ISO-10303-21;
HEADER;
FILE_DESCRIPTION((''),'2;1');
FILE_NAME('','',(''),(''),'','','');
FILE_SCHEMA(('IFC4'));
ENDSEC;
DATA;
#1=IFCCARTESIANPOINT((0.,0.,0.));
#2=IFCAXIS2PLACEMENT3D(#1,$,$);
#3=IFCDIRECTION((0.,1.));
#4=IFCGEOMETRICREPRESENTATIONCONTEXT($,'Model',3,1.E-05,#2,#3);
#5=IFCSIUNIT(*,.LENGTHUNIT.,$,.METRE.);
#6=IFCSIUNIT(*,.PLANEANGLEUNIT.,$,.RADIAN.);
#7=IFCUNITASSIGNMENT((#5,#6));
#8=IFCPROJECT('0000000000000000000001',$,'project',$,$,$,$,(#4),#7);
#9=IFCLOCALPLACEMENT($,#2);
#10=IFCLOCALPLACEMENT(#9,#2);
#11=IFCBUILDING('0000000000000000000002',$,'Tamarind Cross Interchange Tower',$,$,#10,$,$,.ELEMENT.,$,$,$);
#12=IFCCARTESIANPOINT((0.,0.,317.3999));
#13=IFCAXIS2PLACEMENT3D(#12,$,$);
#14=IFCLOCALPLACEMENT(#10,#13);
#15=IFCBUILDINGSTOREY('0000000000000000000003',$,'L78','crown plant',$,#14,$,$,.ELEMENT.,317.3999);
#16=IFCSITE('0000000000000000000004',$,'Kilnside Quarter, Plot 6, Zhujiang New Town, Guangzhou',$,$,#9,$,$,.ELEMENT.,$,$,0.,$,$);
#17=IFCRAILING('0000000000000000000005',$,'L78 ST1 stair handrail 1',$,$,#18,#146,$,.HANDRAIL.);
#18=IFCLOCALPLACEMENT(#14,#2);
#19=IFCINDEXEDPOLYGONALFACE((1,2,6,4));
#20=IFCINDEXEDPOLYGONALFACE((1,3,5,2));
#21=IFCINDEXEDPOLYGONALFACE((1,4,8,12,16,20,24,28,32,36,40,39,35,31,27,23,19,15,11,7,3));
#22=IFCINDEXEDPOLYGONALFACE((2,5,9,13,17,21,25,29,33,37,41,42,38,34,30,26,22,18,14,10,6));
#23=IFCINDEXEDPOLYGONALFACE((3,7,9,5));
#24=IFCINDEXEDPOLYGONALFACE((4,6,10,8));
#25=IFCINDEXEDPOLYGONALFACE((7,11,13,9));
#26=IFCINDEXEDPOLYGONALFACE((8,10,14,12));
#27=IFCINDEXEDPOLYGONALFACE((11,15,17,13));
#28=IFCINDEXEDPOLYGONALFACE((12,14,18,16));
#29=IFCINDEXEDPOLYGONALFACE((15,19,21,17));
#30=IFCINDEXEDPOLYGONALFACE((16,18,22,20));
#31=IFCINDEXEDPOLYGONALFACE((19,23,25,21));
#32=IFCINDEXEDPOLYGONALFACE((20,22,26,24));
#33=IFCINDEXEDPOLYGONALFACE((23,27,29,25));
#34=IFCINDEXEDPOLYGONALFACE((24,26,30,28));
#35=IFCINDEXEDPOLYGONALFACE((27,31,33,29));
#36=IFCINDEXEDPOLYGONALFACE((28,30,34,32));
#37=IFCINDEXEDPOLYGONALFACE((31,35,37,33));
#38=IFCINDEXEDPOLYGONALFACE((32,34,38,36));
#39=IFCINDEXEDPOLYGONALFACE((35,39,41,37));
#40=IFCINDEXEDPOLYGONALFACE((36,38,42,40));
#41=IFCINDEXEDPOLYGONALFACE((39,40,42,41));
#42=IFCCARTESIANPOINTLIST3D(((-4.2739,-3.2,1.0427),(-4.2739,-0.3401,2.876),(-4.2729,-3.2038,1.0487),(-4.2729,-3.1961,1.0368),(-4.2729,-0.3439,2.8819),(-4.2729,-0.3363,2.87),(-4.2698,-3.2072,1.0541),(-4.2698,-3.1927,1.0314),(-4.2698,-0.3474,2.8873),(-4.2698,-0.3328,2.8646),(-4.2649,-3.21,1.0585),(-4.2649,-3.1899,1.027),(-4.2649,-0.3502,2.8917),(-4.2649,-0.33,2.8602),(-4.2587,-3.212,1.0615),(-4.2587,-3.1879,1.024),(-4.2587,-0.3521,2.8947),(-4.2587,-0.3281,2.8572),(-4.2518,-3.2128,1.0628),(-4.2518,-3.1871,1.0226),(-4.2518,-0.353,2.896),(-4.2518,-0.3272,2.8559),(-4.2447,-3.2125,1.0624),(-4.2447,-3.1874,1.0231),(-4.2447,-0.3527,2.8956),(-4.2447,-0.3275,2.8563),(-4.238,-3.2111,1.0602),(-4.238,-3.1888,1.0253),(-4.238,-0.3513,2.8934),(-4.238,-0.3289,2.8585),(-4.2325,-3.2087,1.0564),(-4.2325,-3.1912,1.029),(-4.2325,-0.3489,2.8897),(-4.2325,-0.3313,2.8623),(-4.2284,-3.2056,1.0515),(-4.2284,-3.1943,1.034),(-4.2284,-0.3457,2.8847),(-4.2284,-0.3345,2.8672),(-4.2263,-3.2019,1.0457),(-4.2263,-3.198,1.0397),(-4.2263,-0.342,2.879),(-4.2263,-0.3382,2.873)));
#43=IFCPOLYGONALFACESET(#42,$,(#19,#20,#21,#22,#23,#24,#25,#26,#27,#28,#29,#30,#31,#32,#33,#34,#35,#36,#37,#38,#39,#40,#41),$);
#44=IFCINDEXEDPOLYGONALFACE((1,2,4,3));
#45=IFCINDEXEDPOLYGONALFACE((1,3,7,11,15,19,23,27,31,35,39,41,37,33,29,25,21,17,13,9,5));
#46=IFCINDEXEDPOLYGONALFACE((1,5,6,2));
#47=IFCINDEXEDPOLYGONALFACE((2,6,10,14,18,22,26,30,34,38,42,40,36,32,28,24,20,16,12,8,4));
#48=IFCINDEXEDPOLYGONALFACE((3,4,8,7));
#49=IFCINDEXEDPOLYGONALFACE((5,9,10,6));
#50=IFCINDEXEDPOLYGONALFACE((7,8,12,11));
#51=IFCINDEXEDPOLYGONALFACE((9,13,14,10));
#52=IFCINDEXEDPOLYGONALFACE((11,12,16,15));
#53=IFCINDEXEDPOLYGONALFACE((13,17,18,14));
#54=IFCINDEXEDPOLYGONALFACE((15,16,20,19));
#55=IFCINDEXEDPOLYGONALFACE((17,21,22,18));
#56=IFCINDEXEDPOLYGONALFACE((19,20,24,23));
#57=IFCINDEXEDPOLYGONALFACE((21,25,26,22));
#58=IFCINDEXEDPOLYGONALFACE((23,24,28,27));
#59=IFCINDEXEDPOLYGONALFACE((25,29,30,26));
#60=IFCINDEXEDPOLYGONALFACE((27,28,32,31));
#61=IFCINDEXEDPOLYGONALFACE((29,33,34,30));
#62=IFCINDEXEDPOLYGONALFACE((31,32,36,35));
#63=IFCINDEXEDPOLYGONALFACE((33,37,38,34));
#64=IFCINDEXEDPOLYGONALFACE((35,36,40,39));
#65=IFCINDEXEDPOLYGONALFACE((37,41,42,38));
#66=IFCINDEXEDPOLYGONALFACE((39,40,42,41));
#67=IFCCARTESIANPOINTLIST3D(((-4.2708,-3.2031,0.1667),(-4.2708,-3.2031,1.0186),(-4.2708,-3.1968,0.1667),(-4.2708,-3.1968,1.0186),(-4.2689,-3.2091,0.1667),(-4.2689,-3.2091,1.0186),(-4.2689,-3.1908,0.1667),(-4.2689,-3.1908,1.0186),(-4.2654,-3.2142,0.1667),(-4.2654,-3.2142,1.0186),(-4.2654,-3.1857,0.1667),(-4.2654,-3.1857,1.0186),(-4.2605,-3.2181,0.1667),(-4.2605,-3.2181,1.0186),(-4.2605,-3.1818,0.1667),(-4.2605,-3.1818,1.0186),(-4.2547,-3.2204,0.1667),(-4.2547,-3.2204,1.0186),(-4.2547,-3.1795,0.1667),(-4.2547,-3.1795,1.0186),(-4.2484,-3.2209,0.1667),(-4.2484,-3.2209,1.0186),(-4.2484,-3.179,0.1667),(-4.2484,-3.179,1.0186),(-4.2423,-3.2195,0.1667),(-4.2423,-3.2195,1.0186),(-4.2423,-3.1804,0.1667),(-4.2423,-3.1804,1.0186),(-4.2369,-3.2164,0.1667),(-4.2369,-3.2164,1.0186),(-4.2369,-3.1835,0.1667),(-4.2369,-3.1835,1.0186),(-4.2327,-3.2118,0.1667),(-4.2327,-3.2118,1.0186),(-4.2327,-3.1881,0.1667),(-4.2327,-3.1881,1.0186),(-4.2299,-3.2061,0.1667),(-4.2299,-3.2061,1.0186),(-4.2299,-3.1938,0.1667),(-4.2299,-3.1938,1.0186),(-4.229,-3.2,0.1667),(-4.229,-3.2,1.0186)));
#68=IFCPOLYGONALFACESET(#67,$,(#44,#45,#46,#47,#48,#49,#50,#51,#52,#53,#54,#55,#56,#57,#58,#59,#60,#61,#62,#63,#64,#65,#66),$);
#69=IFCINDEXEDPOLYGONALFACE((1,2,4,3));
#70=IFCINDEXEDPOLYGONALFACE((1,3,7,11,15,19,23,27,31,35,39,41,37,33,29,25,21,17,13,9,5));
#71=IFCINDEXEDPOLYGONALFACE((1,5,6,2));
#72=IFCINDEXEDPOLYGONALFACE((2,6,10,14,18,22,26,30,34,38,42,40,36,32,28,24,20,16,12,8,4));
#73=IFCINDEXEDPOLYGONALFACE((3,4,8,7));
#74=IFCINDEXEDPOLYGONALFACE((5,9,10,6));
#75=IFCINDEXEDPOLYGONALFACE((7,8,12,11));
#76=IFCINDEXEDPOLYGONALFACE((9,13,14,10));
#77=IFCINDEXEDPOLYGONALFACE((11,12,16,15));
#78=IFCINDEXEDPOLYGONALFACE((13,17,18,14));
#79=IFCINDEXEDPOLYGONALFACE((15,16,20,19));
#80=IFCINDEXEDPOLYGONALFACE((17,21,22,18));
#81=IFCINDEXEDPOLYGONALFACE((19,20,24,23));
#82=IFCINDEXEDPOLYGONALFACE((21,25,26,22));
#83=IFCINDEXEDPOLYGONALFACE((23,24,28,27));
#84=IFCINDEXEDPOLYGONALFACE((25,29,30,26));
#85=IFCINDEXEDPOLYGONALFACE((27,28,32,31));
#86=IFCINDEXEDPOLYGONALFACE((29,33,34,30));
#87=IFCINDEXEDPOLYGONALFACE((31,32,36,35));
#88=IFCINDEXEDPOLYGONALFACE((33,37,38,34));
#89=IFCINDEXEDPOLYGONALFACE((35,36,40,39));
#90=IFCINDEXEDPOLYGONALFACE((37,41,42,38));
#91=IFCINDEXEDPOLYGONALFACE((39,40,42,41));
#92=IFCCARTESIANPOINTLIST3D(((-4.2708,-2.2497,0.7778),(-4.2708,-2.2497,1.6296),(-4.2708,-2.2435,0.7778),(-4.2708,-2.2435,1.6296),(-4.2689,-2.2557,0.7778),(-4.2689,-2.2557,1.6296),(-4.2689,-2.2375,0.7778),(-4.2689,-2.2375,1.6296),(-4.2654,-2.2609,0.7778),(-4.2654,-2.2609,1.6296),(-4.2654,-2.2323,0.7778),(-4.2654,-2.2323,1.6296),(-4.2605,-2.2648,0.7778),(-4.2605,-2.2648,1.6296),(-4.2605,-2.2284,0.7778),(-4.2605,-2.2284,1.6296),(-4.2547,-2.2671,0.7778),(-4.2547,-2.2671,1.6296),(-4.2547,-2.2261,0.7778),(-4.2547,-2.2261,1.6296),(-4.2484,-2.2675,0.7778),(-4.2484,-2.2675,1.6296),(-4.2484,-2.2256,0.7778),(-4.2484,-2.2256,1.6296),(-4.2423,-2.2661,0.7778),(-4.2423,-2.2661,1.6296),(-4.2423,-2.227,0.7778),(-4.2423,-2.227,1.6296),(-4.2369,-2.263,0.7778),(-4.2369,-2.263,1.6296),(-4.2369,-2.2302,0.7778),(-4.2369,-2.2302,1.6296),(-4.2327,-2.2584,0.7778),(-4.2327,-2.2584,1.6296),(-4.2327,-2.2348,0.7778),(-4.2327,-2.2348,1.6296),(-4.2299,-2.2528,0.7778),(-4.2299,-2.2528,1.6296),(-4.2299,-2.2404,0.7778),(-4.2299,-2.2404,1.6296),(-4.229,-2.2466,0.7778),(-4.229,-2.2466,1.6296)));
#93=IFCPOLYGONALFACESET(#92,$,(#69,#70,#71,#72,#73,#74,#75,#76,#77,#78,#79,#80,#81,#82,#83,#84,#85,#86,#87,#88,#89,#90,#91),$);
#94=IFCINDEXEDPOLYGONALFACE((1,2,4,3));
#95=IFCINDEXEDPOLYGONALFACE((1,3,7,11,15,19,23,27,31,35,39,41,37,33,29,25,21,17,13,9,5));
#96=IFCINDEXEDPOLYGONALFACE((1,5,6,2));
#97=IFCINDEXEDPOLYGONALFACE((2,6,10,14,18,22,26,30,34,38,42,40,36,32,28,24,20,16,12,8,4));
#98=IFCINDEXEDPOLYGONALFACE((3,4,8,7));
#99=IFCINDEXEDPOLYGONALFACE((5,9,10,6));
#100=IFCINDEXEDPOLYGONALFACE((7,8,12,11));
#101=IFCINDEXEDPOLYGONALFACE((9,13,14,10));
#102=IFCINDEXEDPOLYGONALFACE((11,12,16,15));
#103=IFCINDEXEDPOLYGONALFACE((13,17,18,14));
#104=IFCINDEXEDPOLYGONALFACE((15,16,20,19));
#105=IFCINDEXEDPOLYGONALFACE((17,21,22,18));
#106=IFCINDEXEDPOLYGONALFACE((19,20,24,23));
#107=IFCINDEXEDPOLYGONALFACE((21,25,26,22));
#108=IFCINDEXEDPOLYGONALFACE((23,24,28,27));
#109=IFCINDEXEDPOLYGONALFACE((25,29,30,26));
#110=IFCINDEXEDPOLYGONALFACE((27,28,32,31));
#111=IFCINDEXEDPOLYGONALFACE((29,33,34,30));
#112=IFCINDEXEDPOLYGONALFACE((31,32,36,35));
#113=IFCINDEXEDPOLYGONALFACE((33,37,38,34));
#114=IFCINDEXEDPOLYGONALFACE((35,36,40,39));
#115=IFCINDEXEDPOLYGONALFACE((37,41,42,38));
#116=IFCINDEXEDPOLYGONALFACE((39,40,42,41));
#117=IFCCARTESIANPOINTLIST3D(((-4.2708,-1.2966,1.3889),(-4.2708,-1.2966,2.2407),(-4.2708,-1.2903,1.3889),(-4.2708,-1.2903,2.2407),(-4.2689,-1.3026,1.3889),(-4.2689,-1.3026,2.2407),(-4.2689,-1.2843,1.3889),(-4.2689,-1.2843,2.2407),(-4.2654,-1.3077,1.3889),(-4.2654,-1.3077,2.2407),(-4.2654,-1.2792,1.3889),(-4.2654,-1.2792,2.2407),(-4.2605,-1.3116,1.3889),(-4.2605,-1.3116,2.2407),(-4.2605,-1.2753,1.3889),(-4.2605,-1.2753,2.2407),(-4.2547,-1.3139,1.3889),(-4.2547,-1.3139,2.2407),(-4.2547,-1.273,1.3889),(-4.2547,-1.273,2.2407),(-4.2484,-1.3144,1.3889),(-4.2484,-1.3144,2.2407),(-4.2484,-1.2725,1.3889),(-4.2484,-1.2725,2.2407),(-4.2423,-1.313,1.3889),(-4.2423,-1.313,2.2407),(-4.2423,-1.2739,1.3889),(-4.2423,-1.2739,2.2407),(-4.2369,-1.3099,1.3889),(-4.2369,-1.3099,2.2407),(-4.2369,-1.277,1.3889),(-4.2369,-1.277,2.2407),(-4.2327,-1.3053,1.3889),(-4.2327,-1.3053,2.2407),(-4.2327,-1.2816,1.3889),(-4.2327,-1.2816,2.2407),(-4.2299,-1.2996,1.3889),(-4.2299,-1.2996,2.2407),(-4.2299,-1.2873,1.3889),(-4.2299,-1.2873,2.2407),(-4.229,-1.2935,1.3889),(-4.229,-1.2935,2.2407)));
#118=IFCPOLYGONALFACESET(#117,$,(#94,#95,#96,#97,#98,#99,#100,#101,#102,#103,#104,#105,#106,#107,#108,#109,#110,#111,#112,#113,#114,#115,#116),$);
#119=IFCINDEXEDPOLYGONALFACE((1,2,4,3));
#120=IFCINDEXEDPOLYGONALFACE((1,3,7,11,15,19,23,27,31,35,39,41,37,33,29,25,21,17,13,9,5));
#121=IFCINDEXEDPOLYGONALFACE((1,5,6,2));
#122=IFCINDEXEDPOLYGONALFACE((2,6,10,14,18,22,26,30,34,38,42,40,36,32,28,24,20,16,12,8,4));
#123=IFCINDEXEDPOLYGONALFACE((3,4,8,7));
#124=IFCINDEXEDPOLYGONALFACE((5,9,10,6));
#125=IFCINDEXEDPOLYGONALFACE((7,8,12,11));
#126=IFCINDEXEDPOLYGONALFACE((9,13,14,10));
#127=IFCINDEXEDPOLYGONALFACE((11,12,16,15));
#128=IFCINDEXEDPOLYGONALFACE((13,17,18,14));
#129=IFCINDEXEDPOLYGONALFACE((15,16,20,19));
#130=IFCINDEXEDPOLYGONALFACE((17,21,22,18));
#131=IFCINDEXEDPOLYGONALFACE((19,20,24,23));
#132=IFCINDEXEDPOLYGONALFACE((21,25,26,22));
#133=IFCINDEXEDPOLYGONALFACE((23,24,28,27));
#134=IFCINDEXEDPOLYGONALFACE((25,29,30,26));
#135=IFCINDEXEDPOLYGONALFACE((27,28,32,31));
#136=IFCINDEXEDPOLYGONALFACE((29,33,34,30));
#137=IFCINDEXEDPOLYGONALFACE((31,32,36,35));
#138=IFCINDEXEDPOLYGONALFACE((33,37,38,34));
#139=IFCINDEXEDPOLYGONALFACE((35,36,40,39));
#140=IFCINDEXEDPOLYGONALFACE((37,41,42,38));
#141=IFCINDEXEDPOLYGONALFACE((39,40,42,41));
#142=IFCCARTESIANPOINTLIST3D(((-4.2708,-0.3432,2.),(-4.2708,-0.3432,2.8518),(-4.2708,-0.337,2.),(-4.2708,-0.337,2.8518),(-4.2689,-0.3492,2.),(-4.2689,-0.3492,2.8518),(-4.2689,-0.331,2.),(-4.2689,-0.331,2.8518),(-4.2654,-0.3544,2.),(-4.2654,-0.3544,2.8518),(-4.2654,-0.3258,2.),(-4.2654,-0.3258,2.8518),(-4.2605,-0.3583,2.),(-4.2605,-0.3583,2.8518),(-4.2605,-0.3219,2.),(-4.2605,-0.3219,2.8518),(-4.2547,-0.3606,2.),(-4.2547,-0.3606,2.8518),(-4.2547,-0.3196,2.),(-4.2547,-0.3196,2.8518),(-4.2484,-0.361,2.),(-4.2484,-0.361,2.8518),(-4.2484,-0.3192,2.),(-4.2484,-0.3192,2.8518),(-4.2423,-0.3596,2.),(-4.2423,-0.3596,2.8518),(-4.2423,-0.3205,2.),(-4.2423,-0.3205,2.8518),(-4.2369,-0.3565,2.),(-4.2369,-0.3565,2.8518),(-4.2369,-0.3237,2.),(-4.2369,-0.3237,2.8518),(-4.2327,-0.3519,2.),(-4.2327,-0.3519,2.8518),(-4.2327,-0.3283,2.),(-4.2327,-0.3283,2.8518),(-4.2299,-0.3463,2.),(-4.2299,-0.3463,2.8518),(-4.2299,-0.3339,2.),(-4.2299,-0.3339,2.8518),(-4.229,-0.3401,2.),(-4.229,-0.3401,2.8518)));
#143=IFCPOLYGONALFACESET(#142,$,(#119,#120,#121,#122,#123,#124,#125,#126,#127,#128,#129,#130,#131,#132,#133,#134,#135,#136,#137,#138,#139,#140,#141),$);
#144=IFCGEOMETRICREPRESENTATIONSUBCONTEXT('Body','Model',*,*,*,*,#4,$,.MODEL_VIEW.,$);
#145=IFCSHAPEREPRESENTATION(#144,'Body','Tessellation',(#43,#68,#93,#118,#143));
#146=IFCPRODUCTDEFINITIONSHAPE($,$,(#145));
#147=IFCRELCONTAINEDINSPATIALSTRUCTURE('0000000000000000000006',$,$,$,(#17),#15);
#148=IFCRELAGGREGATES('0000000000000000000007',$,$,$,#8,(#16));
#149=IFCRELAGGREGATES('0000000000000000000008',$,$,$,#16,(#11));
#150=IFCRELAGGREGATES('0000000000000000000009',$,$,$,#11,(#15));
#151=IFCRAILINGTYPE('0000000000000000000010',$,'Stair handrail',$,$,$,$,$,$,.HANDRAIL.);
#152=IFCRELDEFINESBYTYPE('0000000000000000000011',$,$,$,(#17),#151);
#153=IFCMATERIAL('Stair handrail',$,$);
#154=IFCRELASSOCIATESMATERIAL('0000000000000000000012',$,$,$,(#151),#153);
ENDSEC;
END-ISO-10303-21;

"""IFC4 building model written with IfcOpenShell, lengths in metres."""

from ifc_helpers import new_model, si_unit, direction, frame, origin, origin_2d, place, context, subcontext, project, spatial, circle, extrude, material, type_object, element, save


model = new_model("IFC4")

# Units and contexts
model_context = context("Model", 3, precision=1e-05, world=origin(), true_north=direction((0.0, 1.0)))
body_context = subcontext(model_context, "Body", "Model", "MODEL_VIEW")
ifc_project = project(units=[si_unit("LENGTHUNIT", "METRE"), si_unit("PLANEANGLEUNIT", "RADIAN")], contexts=[model_context])

# Site, building, storey
site_placement = place(None, origin())
site = spatial("IfcSite", under=ifc_project, at=site_placement, Name="Kilnside Quarter, Plot 6, Zhujiang New Town, Guangzhou", CompositionType="ELEMENT", RefElevation=0.0)
building_placement = place(site_placement, origin())
building = spatial("IfcBuilding", under=site, at=building_placement, Name="Tamarind Cross Interchange Tower", CompositionType="ELEMENT")
storey_placement = place(building_placement, frame((0.0, 0.0, 317.3999)))
storey = spatial("IfcBuildingStorey", under=building, at=storey_placement, Name="L78", Description="crown plant", CompositionType="ELEMENT", Elevation=317.3999)

# Railing
ifc_material_1 = material(Name="Stair handrail")
railing_type_1 = type_object("IfcRailingType", Name="Stair handrail", PredefinedType="HANDRAIL", material=ifc_material_1)
railing_1_placement = place(storey_placement, frame((-4.25, -3.2, 0.1667)))
element("IfcRailing", 1, at=railing_1_placement, inside=storey, type_object=railing_type_1, Name="L78 ST1 stair handrail 1", PredefinedType="HANDRAIL", context=body_context, shape_type="SweptSolid", body=[
    extrude(circle(Radius=0.0239, at=origin_2d()), frame((0.0, 0.0, 0.876), z_axis=(0.0, 0.841878, 0.539667), x_axis=(-1.0, 0.0, 0.0)), (0.0, 0.0, 1.0), 3.397),
    extrude(circle(Radius=0.021, at=origin_2d()), origin(), (0.0, 0.0, 1.0), 0.8518),
    extrude(circle(Radius=0.021, at=origin_2d()), frame((0.0, 0.9534, 0.6111)), (0.0, 0.0, 1.0), 0.8518),
    extrude(circle(Radius=0.021, at=origin_2d()), frame((0.0, 1.9065, 1.2222)), (0.0, 0.0, 1.0), 0.8518),
    extrude(circle(Radius=0.021, at=origin_2d()), frame((0.0, 2.8599, 1.8333)), (0.0, 0.0, 1.0), 0.8518),
])

save(model, "model.ifc")
